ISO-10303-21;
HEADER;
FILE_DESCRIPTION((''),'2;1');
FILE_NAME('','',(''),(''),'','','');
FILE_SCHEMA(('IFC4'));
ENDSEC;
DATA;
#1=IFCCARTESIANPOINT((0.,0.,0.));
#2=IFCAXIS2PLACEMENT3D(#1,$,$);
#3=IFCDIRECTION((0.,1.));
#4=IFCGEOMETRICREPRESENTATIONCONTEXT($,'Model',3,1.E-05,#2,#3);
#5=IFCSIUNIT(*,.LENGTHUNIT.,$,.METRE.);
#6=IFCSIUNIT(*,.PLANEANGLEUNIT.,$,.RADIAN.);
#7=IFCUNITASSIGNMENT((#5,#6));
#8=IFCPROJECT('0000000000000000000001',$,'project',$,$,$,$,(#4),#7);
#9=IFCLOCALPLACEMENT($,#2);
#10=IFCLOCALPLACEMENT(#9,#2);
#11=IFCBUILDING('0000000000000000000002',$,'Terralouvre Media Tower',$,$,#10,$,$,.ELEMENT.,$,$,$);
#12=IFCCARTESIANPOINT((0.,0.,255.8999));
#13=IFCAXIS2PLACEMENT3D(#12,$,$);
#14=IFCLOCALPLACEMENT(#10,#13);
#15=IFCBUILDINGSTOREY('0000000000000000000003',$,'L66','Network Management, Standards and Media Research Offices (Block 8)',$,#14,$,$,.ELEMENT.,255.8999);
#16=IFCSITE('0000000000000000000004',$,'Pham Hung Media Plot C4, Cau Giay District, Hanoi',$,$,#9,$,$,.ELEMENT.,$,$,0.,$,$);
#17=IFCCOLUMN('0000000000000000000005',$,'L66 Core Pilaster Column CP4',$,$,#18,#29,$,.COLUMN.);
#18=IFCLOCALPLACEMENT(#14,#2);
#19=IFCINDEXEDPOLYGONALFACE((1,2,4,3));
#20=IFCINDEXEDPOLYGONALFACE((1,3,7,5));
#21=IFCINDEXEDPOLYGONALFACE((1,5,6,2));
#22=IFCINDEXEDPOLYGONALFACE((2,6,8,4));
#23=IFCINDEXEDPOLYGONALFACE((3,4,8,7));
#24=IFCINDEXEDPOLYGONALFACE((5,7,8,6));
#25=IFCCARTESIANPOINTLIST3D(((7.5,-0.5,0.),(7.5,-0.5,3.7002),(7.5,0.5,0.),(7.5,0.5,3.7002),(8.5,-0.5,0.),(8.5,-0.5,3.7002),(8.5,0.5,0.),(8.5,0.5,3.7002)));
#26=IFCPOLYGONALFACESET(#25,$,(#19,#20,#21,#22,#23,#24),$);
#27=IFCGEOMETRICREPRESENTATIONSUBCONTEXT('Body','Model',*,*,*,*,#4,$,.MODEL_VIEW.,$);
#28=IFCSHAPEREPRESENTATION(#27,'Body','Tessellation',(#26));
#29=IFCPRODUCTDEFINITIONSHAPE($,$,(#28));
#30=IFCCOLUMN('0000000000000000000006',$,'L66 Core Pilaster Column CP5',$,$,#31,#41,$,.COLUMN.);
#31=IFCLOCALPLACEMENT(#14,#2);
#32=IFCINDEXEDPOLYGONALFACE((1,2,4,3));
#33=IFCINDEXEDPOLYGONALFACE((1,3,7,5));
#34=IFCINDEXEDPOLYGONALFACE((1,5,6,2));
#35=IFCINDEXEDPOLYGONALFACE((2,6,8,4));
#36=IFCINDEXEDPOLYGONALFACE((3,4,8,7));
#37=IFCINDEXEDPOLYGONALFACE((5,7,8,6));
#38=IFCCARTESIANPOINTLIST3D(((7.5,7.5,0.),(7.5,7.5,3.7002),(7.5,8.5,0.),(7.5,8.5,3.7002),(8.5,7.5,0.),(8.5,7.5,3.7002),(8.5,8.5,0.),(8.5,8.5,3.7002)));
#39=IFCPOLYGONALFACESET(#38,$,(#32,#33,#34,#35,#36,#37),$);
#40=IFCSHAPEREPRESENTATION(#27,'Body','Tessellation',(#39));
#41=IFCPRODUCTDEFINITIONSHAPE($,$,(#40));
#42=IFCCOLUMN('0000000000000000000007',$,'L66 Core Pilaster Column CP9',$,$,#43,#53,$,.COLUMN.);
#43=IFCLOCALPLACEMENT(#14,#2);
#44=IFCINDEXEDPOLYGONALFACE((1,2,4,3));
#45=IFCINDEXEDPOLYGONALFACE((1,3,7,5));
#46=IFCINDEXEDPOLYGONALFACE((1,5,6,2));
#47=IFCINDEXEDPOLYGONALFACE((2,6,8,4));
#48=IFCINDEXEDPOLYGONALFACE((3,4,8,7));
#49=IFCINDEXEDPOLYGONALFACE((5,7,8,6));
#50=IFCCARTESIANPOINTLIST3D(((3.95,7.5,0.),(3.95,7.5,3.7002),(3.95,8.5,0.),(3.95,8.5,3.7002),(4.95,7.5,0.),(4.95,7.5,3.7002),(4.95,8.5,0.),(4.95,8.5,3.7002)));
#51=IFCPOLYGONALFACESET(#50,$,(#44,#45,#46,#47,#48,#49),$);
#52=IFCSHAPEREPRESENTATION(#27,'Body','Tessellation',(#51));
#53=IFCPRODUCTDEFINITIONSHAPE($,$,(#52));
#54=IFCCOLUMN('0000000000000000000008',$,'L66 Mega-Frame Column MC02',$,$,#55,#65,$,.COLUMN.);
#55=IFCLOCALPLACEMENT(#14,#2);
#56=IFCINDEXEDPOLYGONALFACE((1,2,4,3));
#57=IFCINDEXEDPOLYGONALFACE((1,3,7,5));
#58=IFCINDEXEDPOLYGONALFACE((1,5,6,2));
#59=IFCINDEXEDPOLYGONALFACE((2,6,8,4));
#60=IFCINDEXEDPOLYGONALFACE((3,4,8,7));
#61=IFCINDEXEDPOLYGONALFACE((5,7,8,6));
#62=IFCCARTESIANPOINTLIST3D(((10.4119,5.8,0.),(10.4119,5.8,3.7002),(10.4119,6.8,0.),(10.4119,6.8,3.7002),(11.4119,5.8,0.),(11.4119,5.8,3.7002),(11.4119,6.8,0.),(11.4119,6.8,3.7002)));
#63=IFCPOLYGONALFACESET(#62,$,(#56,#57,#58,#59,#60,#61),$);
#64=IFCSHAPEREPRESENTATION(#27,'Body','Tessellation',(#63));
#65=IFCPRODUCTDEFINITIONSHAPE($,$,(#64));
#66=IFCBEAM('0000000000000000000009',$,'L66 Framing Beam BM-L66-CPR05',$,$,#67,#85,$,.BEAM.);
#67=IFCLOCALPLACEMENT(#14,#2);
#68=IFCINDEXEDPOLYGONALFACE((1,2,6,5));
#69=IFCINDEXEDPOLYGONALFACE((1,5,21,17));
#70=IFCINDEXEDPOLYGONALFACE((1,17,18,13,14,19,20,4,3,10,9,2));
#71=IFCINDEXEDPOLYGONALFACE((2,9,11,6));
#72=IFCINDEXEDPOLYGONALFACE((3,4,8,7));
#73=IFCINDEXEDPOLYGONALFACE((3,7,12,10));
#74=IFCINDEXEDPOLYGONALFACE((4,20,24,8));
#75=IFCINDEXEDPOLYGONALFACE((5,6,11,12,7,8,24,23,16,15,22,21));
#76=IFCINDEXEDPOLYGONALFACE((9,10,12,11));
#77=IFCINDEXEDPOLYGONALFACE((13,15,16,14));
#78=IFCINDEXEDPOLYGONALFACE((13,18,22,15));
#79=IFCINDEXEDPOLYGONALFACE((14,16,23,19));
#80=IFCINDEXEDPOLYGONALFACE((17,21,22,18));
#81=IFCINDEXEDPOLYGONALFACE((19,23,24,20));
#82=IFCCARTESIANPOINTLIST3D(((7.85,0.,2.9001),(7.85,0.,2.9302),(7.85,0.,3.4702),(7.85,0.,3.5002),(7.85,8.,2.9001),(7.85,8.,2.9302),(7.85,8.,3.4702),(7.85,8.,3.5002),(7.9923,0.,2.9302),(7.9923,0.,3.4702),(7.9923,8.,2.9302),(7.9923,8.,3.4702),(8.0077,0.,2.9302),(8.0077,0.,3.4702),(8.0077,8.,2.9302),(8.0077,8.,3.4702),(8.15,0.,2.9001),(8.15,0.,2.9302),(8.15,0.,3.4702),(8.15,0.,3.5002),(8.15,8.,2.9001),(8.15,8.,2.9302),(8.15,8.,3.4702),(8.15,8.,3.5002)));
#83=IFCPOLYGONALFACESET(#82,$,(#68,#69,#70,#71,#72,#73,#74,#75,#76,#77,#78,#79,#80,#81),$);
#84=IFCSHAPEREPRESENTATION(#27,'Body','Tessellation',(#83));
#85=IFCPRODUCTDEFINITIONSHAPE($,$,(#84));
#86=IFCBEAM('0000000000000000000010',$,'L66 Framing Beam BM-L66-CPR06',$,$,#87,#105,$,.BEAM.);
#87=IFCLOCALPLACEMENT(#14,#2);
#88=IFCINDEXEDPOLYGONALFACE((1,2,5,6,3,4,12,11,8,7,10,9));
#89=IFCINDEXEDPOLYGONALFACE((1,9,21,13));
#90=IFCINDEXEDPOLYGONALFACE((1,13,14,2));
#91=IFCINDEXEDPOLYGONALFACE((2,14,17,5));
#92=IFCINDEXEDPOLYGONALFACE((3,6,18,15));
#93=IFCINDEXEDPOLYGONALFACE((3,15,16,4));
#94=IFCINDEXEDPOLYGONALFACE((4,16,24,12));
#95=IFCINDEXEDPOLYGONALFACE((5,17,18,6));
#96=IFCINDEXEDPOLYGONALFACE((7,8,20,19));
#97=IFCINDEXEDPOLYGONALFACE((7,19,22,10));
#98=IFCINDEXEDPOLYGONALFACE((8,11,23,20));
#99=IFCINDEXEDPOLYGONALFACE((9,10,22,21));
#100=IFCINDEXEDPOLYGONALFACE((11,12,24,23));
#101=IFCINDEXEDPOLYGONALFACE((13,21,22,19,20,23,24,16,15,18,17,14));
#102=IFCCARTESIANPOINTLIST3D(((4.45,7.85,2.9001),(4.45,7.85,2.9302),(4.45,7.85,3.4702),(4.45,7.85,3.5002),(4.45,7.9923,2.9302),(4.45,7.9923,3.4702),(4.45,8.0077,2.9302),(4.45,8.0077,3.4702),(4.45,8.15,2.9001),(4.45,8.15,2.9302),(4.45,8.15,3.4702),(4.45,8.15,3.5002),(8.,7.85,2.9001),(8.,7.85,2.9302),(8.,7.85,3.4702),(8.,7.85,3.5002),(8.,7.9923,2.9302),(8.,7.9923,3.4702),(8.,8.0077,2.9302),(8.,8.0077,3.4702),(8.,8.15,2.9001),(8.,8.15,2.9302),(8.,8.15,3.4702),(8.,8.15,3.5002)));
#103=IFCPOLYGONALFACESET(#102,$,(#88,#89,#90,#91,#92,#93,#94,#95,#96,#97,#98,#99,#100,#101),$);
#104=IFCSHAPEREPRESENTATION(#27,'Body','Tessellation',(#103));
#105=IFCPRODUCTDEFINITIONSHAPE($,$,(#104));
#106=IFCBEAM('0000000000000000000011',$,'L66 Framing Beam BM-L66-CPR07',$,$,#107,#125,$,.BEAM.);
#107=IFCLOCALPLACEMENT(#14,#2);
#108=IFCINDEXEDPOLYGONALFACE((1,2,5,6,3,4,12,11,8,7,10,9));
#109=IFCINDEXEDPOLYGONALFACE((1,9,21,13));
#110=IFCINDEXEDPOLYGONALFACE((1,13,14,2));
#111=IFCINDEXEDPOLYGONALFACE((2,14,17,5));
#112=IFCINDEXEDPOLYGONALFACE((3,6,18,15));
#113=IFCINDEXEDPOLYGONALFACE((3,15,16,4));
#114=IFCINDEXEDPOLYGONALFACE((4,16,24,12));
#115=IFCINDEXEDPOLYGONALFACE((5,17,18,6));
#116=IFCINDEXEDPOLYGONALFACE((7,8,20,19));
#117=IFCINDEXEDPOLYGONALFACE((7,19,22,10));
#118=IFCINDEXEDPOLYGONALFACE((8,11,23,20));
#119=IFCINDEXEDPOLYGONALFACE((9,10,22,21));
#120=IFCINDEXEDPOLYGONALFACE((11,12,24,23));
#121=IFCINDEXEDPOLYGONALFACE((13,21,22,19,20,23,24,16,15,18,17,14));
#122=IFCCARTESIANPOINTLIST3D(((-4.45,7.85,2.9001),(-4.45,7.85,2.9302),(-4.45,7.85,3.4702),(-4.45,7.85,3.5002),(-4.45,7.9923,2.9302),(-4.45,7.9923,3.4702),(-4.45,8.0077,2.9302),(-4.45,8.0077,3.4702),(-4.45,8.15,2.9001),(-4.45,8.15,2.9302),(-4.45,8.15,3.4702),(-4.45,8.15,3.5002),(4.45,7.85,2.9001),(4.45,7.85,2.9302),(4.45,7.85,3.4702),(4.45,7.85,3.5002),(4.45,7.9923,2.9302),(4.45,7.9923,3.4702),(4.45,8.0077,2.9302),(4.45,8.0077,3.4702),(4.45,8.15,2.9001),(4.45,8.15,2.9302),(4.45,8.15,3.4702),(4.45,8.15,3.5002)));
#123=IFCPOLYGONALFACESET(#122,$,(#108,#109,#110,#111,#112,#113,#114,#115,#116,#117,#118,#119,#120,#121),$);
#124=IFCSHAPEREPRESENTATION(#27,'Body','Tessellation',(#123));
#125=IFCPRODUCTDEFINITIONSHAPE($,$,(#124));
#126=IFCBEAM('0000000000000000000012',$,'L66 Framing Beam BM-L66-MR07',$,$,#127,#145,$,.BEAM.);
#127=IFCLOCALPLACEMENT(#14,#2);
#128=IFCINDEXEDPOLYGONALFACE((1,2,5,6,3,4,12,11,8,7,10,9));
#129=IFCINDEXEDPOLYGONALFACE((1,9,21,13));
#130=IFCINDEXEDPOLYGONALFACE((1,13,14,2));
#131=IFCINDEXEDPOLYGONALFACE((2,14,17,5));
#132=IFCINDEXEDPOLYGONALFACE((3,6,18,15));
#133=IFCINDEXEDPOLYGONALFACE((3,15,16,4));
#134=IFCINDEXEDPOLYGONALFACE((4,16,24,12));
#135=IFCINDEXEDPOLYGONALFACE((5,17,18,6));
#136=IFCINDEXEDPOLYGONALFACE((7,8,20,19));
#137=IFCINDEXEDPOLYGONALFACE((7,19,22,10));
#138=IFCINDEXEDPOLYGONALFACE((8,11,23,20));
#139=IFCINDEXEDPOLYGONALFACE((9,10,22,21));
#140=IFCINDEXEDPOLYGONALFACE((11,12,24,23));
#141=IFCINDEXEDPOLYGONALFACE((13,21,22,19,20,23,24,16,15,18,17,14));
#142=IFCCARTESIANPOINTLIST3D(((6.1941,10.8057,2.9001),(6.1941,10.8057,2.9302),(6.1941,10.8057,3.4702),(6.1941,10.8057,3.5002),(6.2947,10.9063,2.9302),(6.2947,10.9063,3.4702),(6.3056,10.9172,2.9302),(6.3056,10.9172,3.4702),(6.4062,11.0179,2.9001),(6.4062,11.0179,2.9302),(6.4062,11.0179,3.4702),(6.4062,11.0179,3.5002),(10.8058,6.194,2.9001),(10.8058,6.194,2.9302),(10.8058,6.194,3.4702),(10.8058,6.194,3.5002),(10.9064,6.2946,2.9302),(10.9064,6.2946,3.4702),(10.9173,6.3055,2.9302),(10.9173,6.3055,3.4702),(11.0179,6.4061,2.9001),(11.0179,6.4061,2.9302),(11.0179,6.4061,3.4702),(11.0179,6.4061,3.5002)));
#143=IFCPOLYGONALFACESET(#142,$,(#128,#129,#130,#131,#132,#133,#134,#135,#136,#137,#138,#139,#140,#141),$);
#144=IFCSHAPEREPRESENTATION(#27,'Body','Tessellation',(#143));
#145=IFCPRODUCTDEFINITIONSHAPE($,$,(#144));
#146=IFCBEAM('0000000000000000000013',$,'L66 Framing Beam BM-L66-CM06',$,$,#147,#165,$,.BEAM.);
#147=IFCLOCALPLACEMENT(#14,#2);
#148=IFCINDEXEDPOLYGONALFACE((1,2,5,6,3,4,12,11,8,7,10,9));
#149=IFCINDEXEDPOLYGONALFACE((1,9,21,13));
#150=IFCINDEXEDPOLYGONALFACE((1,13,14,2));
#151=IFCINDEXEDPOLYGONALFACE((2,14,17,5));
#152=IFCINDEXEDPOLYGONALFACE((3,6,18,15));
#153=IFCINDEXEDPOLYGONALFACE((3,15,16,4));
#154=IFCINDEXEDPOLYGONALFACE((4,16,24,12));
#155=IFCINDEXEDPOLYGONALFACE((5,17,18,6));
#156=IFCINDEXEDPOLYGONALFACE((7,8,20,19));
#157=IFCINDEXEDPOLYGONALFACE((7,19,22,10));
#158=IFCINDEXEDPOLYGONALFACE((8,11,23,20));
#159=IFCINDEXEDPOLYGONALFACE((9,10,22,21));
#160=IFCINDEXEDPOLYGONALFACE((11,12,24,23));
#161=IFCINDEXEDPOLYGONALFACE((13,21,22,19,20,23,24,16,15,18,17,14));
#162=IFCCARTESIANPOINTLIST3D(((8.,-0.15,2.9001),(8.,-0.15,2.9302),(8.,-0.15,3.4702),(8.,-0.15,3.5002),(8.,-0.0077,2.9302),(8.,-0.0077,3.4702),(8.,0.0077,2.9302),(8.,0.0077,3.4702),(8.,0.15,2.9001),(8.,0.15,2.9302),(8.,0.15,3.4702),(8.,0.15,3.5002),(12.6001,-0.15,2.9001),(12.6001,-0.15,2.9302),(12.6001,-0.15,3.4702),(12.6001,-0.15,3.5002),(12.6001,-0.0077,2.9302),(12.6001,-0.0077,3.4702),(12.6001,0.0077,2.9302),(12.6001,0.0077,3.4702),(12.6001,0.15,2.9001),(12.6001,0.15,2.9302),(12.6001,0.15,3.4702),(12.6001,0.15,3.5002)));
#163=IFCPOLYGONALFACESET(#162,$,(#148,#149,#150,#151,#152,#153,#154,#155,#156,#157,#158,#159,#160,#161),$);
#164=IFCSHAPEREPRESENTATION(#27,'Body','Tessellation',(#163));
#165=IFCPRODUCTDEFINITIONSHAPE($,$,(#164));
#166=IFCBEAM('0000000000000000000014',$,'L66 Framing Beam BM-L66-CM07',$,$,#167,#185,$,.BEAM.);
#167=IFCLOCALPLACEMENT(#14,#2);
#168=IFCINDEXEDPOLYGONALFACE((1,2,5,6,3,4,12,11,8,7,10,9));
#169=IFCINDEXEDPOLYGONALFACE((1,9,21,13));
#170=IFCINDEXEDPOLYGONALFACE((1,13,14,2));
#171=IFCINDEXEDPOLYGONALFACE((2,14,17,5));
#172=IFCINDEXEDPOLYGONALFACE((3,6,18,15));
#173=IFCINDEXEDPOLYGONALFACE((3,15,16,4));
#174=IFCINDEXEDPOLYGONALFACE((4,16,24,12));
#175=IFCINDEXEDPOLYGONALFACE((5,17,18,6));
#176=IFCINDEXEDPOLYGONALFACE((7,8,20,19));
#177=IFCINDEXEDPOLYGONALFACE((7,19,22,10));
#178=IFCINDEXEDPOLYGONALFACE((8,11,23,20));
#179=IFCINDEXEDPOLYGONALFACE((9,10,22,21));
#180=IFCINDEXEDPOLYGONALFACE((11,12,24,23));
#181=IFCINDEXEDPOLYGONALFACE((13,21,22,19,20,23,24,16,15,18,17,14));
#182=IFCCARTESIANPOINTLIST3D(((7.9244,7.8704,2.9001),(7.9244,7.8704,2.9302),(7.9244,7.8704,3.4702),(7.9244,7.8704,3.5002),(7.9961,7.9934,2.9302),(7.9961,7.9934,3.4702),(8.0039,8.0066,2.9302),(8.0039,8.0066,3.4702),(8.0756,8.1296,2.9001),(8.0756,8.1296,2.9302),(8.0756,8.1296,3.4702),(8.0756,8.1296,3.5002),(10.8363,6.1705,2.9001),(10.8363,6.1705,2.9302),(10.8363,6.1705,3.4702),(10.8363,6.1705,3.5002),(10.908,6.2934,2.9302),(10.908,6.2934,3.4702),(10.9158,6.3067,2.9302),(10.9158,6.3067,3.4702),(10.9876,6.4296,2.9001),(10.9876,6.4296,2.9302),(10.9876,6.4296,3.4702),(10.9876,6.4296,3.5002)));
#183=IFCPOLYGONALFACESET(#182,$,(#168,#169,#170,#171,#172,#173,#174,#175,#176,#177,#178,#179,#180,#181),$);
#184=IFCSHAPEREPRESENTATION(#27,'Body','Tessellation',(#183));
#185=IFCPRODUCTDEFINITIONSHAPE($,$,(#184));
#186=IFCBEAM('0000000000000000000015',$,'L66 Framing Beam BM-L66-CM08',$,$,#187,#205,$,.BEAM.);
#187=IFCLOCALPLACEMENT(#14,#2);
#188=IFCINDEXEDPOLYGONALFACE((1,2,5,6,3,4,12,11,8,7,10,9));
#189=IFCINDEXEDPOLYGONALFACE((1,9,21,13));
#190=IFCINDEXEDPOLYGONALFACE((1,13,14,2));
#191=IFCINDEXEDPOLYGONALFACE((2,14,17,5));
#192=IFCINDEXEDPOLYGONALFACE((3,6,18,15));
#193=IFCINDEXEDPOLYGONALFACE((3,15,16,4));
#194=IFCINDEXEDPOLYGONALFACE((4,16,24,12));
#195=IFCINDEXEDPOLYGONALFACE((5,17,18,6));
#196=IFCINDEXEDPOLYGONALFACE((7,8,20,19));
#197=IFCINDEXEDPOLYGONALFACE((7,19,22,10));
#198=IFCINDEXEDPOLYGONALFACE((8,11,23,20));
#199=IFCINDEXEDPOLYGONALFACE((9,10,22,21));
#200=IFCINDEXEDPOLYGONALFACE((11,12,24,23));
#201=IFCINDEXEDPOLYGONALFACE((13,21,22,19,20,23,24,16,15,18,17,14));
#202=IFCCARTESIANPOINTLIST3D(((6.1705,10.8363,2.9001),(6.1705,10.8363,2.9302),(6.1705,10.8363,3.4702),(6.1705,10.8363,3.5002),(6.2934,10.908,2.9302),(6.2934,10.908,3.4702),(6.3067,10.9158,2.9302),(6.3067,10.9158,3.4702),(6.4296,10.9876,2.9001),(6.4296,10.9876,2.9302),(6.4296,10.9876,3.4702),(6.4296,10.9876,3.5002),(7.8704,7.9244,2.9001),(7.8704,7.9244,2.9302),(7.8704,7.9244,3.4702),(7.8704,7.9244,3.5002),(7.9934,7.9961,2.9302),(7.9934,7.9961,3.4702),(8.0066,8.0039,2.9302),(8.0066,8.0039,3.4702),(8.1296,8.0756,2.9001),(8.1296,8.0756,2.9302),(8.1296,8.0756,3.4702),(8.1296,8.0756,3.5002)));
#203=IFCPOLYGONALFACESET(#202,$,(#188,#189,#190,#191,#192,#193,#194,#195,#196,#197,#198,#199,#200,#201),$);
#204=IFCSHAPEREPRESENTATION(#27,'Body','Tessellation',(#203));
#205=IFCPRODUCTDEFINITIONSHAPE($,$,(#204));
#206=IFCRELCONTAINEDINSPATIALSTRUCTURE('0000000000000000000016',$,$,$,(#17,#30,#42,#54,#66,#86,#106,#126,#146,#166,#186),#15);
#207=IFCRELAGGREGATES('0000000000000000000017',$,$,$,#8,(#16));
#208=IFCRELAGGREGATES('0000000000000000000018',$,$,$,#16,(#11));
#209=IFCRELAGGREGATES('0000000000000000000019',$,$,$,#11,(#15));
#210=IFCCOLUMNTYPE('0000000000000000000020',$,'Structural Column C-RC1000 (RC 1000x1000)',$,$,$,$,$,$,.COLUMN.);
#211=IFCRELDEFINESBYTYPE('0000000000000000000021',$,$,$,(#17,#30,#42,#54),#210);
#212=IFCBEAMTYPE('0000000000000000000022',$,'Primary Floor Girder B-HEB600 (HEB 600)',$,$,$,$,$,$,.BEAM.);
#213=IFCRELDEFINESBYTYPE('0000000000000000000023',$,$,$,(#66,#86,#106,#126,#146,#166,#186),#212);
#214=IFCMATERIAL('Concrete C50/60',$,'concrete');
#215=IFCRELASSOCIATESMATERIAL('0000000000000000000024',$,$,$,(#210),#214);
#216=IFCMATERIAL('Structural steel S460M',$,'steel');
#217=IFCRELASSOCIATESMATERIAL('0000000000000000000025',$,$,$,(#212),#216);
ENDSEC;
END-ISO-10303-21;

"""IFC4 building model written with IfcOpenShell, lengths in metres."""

from ifc_helpers import new_model, si_unit, direction, frame, origin, origin_2d, place, context, subcontext, project, spatial, rectangle, i_section, extrude, material, material_profile, profile_set, type_object, element, save


model = new_model("IFC4")

# Units and contexts
model_context = context("Model", 3, precision=1e-05, world=origin(), true_north=direction((0.0, 1.0)))
body_context = subcontext(model_context, "Body", "Model", "MODEL_VIEW")
ifc_project = project(units=[si_unit("LENGTHUNIT", "METRE"), si_unit("PLANEANGLEUNIT", "RADIAN")], contexts=[model_context])

# Site, building, storey
site_placement = place(None, origin())
site = spatial("IfcSite", under=ifc_project, at=site_placement, Name="Pham Hung Media Plot C4, Cau Giay District, Hanoi", CompositionType="ELEMENT", RefElevation=0.0)
building_placement = place(site_placement, origin())
building = spatial("IfcBuilding", under=site, at=building_placement, Name="Terralouvre Media Tower", CompositionType="ELEMENT")
storey_placement = place(building_placement, frame((0.0, 0.0, 255.8999)))
storey = spatial("IfcBuildingStorey", under=building, at=storey_placement, Name="L66", Description="Network Management, Standards and Media Research Offices (Block 8)", CompositionType="ELEMENT", Elevation=255.8999)

# Columns
ifc_material_1 = material(Name="Concrete C50/60", Category="concrete")
ifc_material_profile_1 = material_profile(ifc_material_1, rectangle(XDim=1.0, YDim=1.0, at=origin_2d()), Name="RC 1000x1000")
ifc_profile_set_1 = profile_set([ifc_material_profile_1], Name="Concrete C50/60")
column_type = type_object("IfcColumnType", Name="Structural Column C-RC1000 (RC 1000x1000)", PredefinedType="COLUMN", material=ifc_profile_set_1)
for number, where, z_axis, x_axis, name in (
    (1, (8.0, 0.0, 0.0), (0.0, 0.0, 1.0), (1.0, 0.0, 0.0), "L66 Core Pilaster Column CP4"),
    (2, (8.0, 8.0, 0.0), (0.0, 0.0, 1.0), (1.0, 0.0, 0.0), "L66 Core Pilaster Column CP5"),
    (3, (4.45, 8.0, 0.0), (0.0, 0.0, 1.0), (1.0, 0.0, 0.0), "L66 Core Pilaster Column CP9"),
    (4, (10.9119, 6.3, 0.0), (0.0, 0.0, 1.0), (1.0, 0.0, 0.0), "L66 Mega-Frame Column MC02"),
):
    element("IfcColumn", number, at=place(storey_placement, frame(where, z_axis=z_axis, x_axis=x_axis)), inside=storey, type_object=column_type, Name=name, PredefinedType="COLUMN", context=body_context, shape_type="SweptSolid", body=[
        extrude(rectangle(XDim=1.0, YDim=1.0, at=origin_2d()), origin(), (0.0, 0.0, 1.0), 3.7002),
    ])

# Beams
ifc_material_2 = material(Name="Structural steel S460M", Category="steel")
ifc_material_profile_2 = material_profile(ifc_material_2, i_section(OverallWidth=0.3, OverallDepth=0.6001, WebThickness=0.0154, FlangeThickness=0.03, at=origin_2d()), Name="HEB 600")
ifc_profile_set_2 = profile_set([ifc_material_profile_2], Name="Structural steel S460M")
beam_type = type_object("IfcBeamType", Name="Primary Floor Girder B-HEB600 (HEB 600)", PredefinedType="BEAM", material=ifc_profile_set_2)
beam_1_placement = place(storey_placement, frame((8.0, 0.0, 3.2002), z_axis=(0.0, 1.0, 0.0), x_axis=(-1.0, 0.0, 0.0)))
element("IfcBeam", 5, at=beam_1_placement, inside=storey, type_object=beam_type, Name="L66 Framing Beam BM-L66-CPR05", PredefinedType="BEAM", context=body_context, shape_type="SweptSolid", body=[
    extrude(i_section(OverallWidth=0.3, OverallDepth=0.6001, WebThickness=0.0154, FlangeThickness=0.03, at=origin_2d()), origin(), (0.0, 0.0, 1.0), 8.0),
])
beam_2_placement = place(storey_placement, frame((8.0, 8.0, 3.2002), z_axis=(-1.0, 0.0, 0.0), x_axis=(0.0, -1.0, 0.0)))
element("IfcBeam", 6, at=beam_2_placement, inside=storey, type_object=beam_type, Name="L66 Framing Beam BM-L66-CPR06", PredefinedType="BEAM", context=body_context, shape_type="SweptSolid", body=[
    extrude(i_section(OverallWidth=0.3, OverallDepth=0.6001, WebThickness=0.0154, FlangeThickness=0.03, at=origin_2d()), origin(), (0.0, 0.0, 1.0), 3.55),
])
beam_3_placement = place(storey_placement, frame((4.45, 8.0, 3.2002), z_axis=(-1.0, 0.0, 0.0), x_axis=(0.0, -1.0, 0.0)))
element("IfcBeam", 7, at=beam_3_placement, inside=storey, type_object=beam_type, Name="L66 Framing Beam BM-L66-CPR07", PredefinedType="BEAM", context=body_context, shape_type="SweptSolid", body=[
    extrude(i_section(OverallWidth=0.3, OverallDepth=0.6001, WebThickness=0.0154, FlangeThickness=0.03, at=origin_2d()), origin(), (0.0, 0.0, 1.0), 8.8999),
])
beam_4_placement = place(storey_placement, frame((10.9119, 6.3, 3.2002), z_axis=(-0.707107, 0.707107, 0.0), x_axis=(-0.707107, -0.707107, 0.0)))
element("IfcBeam", 8, at=beam_4_placement, inside=storey, type_object=beam_type, Name="L66 Framing Beam BM-L66-MR07", PredefinedType="BEAM", context=body_context, shape_type="SweptSolid", body=[
    extrude(i_section(OverallWidth=0.3, OverallDepth=0.6001, WebThickness=0.0154, FlangeThickness=0.03, at=origin_2d()), origin(), (0.0, 0.0, 1.0), 6.522),
])
beam_5_placement = place(storey_placement, frame((8.0, 0.0, 3.2002), z_axis=(1.0, 0.0, 0.0), x_axis=(0.0, 1.0, 0.0)))
element("IfcBeam", 9, at=beam_5_placement, inside=storey, type_object=beam_type, Name="L66 Framing Beam BM-L66-CM06", PredefinedType="BEAM", context=body_context, shape_type="SweptSolid", body=[
    extrude(i_section(OverallWidth=0.3, OverallDepth=0.6001, WebThickness=0.0154, FlangeThickness=0.03, at=origin_2d()), origin(), (0.0, 0.0, 1.0), 4.6001),
])
for number, where, z_axis, x_axis, name in (
    (10, (8.0, 8.0, 3.2002), (0.863603, -0.504173, 0.0), (0.504173, 0.863603, 0.0), "L66 Framing Beam BM-L66-CM07"),
    (11, (8.0, 8.0, 3.2002), (-0.504173, 0.863603, 0.0), (-0.863603, -0.504173, 0.0), "L66 Framing Beam BM-L66-CM08"),
):
    element("IfcBeam", number, at=place(storey_placement, frame(where, z_axis=z_axis, x_axis=x_axis)), inside=storey, type_object=beam_type, Name=name, PredefinedType="BEAM", context=body_context, shape_type="SweptSolid", body=[
        extrude(i_section(OverallWidth=0.3, OverallDepth=0.6001, WebThickness=0.0154, FlangeThickness=0.03, at=origin_2d()), origin(), (0.0, 0.0, 1.0), 3.3718),
    ])

save(model, "model.ifc")
